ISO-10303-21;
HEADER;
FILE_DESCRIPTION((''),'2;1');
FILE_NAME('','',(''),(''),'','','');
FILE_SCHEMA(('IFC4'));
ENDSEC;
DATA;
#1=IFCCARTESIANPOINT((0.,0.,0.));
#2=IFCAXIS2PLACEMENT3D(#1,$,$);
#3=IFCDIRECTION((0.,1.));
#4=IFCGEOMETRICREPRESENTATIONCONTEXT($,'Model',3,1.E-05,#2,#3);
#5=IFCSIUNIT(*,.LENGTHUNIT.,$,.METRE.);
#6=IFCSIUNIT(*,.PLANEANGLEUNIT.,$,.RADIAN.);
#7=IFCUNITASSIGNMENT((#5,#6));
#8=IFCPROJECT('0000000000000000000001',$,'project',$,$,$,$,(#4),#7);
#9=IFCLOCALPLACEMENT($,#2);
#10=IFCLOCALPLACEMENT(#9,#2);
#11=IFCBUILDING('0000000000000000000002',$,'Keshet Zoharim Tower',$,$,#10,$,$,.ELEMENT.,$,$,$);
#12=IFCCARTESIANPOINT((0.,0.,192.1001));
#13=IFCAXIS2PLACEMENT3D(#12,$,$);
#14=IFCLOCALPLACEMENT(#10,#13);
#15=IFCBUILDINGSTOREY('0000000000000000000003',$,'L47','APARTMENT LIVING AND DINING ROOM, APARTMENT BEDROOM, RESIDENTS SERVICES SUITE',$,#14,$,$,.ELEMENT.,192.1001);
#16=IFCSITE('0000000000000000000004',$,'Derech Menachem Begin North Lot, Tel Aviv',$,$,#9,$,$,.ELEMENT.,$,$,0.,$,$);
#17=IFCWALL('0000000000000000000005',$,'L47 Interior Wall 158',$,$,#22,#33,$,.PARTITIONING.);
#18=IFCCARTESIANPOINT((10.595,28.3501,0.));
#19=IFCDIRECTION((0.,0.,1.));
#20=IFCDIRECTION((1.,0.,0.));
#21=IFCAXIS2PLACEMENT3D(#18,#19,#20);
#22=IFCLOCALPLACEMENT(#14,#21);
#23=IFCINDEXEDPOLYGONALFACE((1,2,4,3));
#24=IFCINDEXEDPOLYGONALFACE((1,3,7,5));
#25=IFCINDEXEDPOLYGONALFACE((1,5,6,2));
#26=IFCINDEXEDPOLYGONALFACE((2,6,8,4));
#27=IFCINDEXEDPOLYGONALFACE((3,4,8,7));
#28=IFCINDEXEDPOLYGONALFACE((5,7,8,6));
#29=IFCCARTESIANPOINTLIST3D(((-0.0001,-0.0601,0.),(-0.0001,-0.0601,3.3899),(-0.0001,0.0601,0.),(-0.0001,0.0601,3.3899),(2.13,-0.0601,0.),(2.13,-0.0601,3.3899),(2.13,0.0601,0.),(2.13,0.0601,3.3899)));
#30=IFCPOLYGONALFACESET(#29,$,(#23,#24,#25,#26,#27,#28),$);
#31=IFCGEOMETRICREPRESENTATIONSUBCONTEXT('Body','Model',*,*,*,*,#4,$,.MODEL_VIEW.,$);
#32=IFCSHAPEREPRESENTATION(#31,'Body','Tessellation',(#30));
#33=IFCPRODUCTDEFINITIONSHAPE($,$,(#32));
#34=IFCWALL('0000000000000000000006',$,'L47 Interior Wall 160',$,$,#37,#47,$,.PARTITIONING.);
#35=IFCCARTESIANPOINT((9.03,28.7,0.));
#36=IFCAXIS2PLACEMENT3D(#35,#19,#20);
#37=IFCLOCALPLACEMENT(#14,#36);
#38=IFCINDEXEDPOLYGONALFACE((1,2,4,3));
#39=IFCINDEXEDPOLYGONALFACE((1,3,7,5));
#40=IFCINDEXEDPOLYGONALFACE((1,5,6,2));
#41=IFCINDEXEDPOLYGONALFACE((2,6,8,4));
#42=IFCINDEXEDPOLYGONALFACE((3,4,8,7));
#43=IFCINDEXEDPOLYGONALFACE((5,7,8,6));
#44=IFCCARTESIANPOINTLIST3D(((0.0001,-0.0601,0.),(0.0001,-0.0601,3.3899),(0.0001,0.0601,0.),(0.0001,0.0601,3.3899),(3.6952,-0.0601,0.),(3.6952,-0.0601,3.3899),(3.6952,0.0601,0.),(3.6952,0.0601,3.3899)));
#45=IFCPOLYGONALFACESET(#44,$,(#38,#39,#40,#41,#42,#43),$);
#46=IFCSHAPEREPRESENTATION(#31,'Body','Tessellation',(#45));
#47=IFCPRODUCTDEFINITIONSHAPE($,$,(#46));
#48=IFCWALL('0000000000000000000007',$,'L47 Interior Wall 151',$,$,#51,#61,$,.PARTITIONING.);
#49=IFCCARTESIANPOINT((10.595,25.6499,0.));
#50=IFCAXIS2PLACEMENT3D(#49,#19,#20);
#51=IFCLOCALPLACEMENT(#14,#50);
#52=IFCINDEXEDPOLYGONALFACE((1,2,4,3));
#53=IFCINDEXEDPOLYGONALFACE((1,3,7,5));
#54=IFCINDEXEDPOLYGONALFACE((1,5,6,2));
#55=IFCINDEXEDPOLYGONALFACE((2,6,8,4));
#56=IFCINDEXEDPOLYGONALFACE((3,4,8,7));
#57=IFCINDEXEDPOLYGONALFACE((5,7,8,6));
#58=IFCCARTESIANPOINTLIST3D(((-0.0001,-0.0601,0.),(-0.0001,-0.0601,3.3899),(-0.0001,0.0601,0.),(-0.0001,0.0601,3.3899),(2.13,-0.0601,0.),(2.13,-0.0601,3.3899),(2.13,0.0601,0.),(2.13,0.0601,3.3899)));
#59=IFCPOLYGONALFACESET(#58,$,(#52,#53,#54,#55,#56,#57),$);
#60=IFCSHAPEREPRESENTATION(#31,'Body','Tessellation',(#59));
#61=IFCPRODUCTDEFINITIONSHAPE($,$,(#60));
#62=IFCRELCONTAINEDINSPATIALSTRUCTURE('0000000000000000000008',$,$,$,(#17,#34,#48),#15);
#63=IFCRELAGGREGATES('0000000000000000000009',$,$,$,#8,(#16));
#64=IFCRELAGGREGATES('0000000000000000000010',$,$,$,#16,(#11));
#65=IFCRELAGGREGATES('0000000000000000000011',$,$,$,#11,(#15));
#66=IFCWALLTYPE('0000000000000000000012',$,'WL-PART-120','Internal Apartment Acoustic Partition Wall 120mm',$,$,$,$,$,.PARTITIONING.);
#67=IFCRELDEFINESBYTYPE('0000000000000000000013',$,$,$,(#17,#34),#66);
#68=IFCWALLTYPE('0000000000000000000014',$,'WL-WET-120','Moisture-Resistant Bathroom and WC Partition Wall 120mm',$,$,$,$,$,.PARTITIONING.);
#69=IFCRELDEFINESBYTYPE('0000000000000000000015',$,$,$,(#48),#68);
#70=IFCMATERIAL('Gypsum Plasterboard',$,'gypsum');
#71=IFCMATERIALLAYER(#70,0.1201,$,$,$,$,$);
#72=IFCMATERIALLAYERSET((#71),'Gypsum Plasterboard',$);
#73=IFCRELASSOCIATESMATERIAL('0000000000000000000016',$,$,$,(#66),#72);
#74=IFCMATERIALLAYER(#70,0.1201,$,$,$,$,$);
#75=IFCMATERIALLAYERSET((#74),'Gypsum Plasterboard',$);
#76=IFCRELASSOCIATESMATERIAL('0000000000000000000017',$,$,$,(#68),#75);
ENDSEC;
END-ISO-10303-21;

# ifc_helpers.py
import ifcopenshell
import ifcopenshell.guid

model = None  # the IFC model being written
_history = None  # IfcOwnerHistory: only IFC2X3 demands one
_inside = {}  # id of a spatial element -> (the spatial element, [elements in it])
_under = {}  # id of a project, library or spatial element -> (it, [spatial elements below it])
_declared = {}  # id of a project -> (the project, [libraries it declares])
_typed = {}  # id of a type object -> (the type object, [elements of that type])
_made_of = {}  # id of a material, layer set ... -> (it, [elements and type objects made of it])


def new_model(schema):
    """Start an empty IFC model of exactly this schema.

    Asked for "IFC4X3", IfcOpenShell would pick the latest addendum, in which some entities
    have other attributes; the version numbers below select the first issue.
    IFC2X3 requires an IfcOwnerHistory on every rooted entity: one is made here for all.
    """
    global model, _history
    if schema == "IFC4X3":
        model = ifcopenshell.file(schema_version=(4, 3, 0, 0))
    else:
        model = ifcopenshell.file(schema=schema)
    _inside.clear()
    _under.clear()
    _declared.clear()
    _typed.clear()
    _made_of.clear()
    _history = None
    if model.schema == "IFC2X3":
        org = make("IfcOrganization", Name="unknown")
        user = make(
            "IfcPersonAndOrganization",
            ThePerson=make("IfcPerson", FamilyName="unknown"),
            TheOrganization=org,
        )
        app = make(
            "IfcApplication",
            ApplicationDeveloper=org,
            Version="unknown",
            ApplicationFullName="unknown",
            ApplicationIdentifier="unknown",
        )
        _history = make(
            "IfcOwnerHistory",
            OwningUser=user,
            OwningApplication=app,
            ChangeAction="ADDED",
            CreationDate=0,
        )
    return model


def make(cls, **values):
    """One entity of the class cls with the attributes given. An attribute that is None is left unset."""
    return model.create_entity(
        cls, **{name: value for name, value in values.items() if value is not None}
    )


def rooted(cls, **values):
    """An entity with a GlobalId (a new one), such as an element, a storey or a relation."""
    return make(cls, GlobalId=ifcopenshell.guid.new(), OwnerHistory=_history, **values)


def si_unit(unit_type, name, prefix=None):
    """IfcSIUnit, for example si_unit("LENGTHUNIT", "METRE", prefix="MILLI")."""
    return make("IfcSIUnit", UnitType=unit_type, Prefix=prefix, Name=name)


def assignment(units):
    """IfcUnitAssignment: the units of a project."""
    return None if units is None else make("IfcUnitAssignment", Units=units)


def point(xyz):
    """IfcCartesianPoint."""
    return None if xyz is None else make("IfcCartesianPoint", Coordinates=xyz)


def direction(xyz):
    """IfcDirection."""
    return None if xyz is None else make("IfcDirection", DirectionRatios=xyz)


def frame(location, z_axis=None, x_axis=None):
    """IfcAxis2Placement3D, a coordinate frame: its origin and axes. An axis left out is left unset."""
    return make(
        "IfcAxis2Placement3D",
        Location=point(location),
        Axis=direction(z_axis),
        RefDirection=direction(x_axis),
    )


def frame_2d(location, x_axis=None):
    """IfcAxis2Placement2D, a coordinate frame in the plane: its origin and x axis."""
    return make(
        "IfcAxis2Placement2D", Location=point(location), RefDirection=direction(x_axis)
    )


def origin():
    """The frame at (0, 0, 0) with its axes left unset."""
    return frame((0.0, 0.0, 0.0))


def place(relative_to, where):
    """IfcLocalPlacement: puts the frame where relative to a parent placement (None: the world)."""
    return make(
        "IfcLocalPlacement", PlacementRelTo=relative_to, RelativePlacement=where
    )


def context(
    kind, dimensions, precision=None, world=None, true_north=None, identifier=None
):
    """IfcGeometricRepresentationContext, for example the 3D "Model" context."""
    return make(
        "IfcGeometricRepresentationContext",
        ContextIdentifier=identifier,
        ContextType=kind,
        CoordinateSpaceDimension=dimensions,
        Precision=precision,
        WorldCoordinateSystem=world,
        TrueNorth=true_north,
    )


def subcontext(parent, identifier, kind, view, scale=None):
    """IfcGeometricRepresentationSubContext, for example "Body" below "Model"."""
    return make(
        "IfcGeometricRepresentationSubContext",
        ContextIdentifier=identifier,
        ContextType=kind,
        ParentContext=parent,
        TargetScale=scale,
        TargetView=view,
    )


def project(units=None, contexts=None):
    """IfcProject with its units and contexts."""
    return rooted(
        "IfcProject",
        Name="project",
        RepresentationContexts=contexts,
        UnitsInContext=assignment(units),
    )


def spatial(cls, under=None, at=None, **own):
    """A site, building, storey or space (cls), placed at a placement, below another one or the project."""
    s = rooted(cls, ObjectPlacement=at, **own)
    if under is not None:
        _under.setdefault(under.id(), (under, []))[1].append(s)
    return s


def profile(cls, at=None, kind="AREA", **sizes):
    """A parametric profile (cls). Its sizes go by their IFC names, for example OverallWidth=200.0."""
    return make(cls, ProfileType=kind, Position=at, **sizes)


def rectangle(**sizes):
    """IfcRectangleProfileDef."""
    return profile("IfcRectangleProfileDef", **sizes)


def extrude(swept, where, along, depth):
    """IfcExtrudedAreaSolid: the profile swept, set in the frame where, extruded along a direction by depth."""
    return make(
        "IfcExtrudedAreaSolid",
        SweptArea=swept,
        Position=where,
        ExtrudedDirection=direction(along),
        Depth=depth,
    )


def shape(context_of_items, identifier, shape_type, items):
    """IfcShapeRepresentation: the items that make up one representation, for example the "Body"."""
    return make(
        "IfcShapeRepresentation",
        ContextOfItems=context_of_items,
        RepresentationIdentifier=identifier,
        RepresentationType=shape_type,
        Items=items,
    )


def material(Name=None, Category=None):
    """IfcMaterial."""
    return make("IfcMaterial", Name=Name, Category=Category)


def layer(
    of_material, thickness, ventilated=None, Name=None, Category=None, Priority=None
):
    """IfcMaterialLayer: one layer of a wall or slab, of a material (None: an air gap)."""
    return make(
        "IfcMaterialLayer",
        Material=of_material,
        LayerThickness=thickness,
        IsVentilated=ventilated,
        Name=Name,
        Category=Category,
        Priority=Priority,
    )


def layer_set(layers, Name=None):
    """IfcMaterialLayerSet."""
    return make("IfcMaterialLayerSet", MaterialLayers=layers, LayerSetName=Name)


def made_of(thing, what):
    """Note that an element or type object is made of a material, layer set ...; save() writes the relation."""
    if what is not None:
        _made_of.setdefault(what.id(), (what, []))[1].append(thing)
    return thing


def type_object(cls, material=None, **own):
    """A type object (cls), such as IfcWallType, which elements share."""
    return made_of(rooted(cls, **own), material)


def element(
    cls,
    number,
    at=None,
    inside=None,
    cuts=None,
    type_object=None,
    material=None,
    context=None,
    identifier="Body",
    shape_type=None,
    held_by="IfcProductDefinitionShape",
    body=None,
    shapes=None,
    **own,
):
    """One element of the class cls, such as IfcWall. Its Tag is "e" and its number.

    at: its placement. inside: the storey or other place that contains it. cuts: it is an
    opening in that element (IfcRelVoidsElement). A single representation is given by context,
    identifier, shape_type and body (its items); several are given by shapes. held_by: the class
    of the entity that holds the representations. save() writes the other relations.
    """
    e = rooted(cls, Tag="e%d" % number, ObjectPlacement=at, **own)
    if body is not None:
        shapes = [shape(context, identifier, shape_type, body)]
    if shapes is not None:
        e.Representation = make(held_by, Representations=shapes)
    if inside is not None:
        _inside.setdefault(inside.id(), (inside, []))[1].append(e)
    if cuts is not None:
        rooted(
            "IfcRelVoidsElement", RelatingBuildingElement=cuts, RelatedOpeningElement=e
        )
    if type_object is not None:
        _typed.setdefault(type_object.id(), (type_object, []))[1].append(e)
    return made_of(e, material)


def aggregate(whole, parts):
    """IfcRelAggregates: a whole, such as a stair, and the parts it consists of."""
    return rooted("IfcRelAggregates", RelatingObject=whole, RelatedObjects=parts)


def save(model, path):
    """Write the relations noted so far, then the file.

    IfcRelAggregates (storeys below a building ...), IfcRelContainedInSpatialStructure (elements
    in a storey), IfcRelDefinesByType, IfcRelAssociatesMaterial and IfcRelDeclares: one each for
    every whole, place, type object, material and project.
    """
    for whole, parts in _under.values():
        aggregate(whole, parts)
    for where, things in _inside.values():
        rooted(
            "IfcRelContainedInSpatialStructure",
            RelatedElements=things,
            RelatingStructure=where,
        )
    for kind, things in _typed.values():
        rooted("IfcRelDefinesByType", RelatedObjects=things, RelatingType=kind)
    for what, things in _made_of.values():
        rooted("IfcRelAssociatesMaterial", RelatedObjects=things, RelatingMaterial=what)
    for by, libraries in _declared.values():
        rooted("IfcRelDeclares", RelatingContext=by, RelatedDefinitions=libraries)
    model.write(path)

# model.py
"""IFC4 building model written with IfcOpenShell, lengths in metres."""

from ifc_helpers import new_model, si_unit, direction, frame, frame_2d, origin, place, context, subcontext, project, spatial, rectangle, extrude, material, layer, layer_set, type_object, element, save


model = new_model("IFC4")

# Units and contexts
model_context = context("Model", 3, precision=1e-05, world=origin(), true_north=direction((0.0, 1.0)))
body_context = subcontext(model_context, "Body", "Model", "MODEL_VIEW")
ifc_project = project(units=[si_unit("LENGTHUNIT", "METRE"), si_unit("PLANEANGLEUNIT", "RADIAN")], contexts=[model_context])

# Site, building, storey
site_placement = place(None, origin())
site = spatial("IfcSite", under=ifc_project, at=site_placement, Name="Derech Menachem Begin North Lot, Tel Aviv", CompositionType="ELEMENT", RefElevation=0.0)
building_placement = place(site_placement, origin())
building = spatial("IfcBuilding", under=site, at=building_placement, Name="Keshet Zoharim Tower", CompositionType="ELEMENT")
storey_placement = place(building_placement, frame((0.0, 0.0, 192.1001)))
storey = spatial("IfcBuildingStorey", under=building, at=storey_placement, Name="L47", Description="APARTMENT LIVING AND DINING ROOM, APARTMENT BEDROOM, RESIDENTS SERVICES SUITE", CompositionType="ELEMENT", Elevation=192.1001)

# Shared definitions
ifc_material_1 = material(Name="Gypsum Plasterboard", Category="gypsum")

# Shared definitions
ifc_layer_1 = layer(ifc_material_1, 0.1201)
ifc_layer_set_1 = layer_set([ifc_layer_1], Name="Gypsum Plasterboard")
wall_type_1 = type_object("IfcWallType", Name="WL-PART-120", Description="Internal Apartment Acoustic Partition Wall 120mm", PredefinedType="PARTITIONING", material=ifc_layer_set_1)

# Walls
wall_1_placement = place(storey_placement, frame((10.595, 28.3501, 0.0), z_axis=(0.0, 0.0, 1.0), x_axis=(1.0, 0.0, 0.0)))
element("IfcWall", 1, at=wall_1_placement, inside=storey, type_object=wall_type_1, Name="L47 Interior Wall 158", PredefinedType="PARTITIONING", context=body_context, shape_type="SweptSolid", body=[
    extrude(rectangle(XDim=2.1301, YDim=0.1201, at=frame_2d((1.0649, 0.0))), origin(), (0.0, 0.0, 1.0), 3.3899),
])
wall_2_placement = place(storey_placement, frame((9.03, 28.7, 0.0), z_axis=(0.0, 0.0, 1.0), x_axis=(1.0, 0.0, 0.0)))
element("IfcWall", 2, at=wall_2_placement, inside=storey, type_object=wall_type_1, Name="L47 Interior Wall 160", PredefinedType="PARTITIONING", context=body_context, shape_type="SweptSolid", body=[
    extrude(rectangle(XDim=3.6951, YDim=0.1201, at=frame_2d((1.8477, 0.0))), origin(), (0.0, 0.0, 1.0), 3.3899),
])

# Wall
ifc_layer_2 = layer(ifc_material_1, 0.1201)
ifc_layer_set_2 = layer_set([ifc_layer_2], Name="Gypsum Plasterboard")
wall_type_2 = type_object("IfcWallType", Name="WL-WET-120", Description="Moisture-Resistant Bathroom and WC Partition Wall 120mm", PredefinedType="PARTITIONING", material=ifc_layer_set_2)
wall_3_placement = place(storey_placement, frame((10.595, 25.6499, 0.0), z_axis=(0.0, 0.0, 1.0), x_axis=(1.0, 0.0, 0.0)))
element("IfcWall", 3, at=wall_3_placement, inside=storey, type_object=wall_type_2, Name="L47 Interior Wall 151", PredefinedType="PARTITIONING", context=body_context, shape_type="SweptSolid", body=[
    extrude(rectangle(XDim=2.1301, YDim=0.1201, at=frame_2d((1.0649, 0.0))), origin(), (0.0, 0.0, 1.0), 3.3899),
])

save(model, "model.ifc")
